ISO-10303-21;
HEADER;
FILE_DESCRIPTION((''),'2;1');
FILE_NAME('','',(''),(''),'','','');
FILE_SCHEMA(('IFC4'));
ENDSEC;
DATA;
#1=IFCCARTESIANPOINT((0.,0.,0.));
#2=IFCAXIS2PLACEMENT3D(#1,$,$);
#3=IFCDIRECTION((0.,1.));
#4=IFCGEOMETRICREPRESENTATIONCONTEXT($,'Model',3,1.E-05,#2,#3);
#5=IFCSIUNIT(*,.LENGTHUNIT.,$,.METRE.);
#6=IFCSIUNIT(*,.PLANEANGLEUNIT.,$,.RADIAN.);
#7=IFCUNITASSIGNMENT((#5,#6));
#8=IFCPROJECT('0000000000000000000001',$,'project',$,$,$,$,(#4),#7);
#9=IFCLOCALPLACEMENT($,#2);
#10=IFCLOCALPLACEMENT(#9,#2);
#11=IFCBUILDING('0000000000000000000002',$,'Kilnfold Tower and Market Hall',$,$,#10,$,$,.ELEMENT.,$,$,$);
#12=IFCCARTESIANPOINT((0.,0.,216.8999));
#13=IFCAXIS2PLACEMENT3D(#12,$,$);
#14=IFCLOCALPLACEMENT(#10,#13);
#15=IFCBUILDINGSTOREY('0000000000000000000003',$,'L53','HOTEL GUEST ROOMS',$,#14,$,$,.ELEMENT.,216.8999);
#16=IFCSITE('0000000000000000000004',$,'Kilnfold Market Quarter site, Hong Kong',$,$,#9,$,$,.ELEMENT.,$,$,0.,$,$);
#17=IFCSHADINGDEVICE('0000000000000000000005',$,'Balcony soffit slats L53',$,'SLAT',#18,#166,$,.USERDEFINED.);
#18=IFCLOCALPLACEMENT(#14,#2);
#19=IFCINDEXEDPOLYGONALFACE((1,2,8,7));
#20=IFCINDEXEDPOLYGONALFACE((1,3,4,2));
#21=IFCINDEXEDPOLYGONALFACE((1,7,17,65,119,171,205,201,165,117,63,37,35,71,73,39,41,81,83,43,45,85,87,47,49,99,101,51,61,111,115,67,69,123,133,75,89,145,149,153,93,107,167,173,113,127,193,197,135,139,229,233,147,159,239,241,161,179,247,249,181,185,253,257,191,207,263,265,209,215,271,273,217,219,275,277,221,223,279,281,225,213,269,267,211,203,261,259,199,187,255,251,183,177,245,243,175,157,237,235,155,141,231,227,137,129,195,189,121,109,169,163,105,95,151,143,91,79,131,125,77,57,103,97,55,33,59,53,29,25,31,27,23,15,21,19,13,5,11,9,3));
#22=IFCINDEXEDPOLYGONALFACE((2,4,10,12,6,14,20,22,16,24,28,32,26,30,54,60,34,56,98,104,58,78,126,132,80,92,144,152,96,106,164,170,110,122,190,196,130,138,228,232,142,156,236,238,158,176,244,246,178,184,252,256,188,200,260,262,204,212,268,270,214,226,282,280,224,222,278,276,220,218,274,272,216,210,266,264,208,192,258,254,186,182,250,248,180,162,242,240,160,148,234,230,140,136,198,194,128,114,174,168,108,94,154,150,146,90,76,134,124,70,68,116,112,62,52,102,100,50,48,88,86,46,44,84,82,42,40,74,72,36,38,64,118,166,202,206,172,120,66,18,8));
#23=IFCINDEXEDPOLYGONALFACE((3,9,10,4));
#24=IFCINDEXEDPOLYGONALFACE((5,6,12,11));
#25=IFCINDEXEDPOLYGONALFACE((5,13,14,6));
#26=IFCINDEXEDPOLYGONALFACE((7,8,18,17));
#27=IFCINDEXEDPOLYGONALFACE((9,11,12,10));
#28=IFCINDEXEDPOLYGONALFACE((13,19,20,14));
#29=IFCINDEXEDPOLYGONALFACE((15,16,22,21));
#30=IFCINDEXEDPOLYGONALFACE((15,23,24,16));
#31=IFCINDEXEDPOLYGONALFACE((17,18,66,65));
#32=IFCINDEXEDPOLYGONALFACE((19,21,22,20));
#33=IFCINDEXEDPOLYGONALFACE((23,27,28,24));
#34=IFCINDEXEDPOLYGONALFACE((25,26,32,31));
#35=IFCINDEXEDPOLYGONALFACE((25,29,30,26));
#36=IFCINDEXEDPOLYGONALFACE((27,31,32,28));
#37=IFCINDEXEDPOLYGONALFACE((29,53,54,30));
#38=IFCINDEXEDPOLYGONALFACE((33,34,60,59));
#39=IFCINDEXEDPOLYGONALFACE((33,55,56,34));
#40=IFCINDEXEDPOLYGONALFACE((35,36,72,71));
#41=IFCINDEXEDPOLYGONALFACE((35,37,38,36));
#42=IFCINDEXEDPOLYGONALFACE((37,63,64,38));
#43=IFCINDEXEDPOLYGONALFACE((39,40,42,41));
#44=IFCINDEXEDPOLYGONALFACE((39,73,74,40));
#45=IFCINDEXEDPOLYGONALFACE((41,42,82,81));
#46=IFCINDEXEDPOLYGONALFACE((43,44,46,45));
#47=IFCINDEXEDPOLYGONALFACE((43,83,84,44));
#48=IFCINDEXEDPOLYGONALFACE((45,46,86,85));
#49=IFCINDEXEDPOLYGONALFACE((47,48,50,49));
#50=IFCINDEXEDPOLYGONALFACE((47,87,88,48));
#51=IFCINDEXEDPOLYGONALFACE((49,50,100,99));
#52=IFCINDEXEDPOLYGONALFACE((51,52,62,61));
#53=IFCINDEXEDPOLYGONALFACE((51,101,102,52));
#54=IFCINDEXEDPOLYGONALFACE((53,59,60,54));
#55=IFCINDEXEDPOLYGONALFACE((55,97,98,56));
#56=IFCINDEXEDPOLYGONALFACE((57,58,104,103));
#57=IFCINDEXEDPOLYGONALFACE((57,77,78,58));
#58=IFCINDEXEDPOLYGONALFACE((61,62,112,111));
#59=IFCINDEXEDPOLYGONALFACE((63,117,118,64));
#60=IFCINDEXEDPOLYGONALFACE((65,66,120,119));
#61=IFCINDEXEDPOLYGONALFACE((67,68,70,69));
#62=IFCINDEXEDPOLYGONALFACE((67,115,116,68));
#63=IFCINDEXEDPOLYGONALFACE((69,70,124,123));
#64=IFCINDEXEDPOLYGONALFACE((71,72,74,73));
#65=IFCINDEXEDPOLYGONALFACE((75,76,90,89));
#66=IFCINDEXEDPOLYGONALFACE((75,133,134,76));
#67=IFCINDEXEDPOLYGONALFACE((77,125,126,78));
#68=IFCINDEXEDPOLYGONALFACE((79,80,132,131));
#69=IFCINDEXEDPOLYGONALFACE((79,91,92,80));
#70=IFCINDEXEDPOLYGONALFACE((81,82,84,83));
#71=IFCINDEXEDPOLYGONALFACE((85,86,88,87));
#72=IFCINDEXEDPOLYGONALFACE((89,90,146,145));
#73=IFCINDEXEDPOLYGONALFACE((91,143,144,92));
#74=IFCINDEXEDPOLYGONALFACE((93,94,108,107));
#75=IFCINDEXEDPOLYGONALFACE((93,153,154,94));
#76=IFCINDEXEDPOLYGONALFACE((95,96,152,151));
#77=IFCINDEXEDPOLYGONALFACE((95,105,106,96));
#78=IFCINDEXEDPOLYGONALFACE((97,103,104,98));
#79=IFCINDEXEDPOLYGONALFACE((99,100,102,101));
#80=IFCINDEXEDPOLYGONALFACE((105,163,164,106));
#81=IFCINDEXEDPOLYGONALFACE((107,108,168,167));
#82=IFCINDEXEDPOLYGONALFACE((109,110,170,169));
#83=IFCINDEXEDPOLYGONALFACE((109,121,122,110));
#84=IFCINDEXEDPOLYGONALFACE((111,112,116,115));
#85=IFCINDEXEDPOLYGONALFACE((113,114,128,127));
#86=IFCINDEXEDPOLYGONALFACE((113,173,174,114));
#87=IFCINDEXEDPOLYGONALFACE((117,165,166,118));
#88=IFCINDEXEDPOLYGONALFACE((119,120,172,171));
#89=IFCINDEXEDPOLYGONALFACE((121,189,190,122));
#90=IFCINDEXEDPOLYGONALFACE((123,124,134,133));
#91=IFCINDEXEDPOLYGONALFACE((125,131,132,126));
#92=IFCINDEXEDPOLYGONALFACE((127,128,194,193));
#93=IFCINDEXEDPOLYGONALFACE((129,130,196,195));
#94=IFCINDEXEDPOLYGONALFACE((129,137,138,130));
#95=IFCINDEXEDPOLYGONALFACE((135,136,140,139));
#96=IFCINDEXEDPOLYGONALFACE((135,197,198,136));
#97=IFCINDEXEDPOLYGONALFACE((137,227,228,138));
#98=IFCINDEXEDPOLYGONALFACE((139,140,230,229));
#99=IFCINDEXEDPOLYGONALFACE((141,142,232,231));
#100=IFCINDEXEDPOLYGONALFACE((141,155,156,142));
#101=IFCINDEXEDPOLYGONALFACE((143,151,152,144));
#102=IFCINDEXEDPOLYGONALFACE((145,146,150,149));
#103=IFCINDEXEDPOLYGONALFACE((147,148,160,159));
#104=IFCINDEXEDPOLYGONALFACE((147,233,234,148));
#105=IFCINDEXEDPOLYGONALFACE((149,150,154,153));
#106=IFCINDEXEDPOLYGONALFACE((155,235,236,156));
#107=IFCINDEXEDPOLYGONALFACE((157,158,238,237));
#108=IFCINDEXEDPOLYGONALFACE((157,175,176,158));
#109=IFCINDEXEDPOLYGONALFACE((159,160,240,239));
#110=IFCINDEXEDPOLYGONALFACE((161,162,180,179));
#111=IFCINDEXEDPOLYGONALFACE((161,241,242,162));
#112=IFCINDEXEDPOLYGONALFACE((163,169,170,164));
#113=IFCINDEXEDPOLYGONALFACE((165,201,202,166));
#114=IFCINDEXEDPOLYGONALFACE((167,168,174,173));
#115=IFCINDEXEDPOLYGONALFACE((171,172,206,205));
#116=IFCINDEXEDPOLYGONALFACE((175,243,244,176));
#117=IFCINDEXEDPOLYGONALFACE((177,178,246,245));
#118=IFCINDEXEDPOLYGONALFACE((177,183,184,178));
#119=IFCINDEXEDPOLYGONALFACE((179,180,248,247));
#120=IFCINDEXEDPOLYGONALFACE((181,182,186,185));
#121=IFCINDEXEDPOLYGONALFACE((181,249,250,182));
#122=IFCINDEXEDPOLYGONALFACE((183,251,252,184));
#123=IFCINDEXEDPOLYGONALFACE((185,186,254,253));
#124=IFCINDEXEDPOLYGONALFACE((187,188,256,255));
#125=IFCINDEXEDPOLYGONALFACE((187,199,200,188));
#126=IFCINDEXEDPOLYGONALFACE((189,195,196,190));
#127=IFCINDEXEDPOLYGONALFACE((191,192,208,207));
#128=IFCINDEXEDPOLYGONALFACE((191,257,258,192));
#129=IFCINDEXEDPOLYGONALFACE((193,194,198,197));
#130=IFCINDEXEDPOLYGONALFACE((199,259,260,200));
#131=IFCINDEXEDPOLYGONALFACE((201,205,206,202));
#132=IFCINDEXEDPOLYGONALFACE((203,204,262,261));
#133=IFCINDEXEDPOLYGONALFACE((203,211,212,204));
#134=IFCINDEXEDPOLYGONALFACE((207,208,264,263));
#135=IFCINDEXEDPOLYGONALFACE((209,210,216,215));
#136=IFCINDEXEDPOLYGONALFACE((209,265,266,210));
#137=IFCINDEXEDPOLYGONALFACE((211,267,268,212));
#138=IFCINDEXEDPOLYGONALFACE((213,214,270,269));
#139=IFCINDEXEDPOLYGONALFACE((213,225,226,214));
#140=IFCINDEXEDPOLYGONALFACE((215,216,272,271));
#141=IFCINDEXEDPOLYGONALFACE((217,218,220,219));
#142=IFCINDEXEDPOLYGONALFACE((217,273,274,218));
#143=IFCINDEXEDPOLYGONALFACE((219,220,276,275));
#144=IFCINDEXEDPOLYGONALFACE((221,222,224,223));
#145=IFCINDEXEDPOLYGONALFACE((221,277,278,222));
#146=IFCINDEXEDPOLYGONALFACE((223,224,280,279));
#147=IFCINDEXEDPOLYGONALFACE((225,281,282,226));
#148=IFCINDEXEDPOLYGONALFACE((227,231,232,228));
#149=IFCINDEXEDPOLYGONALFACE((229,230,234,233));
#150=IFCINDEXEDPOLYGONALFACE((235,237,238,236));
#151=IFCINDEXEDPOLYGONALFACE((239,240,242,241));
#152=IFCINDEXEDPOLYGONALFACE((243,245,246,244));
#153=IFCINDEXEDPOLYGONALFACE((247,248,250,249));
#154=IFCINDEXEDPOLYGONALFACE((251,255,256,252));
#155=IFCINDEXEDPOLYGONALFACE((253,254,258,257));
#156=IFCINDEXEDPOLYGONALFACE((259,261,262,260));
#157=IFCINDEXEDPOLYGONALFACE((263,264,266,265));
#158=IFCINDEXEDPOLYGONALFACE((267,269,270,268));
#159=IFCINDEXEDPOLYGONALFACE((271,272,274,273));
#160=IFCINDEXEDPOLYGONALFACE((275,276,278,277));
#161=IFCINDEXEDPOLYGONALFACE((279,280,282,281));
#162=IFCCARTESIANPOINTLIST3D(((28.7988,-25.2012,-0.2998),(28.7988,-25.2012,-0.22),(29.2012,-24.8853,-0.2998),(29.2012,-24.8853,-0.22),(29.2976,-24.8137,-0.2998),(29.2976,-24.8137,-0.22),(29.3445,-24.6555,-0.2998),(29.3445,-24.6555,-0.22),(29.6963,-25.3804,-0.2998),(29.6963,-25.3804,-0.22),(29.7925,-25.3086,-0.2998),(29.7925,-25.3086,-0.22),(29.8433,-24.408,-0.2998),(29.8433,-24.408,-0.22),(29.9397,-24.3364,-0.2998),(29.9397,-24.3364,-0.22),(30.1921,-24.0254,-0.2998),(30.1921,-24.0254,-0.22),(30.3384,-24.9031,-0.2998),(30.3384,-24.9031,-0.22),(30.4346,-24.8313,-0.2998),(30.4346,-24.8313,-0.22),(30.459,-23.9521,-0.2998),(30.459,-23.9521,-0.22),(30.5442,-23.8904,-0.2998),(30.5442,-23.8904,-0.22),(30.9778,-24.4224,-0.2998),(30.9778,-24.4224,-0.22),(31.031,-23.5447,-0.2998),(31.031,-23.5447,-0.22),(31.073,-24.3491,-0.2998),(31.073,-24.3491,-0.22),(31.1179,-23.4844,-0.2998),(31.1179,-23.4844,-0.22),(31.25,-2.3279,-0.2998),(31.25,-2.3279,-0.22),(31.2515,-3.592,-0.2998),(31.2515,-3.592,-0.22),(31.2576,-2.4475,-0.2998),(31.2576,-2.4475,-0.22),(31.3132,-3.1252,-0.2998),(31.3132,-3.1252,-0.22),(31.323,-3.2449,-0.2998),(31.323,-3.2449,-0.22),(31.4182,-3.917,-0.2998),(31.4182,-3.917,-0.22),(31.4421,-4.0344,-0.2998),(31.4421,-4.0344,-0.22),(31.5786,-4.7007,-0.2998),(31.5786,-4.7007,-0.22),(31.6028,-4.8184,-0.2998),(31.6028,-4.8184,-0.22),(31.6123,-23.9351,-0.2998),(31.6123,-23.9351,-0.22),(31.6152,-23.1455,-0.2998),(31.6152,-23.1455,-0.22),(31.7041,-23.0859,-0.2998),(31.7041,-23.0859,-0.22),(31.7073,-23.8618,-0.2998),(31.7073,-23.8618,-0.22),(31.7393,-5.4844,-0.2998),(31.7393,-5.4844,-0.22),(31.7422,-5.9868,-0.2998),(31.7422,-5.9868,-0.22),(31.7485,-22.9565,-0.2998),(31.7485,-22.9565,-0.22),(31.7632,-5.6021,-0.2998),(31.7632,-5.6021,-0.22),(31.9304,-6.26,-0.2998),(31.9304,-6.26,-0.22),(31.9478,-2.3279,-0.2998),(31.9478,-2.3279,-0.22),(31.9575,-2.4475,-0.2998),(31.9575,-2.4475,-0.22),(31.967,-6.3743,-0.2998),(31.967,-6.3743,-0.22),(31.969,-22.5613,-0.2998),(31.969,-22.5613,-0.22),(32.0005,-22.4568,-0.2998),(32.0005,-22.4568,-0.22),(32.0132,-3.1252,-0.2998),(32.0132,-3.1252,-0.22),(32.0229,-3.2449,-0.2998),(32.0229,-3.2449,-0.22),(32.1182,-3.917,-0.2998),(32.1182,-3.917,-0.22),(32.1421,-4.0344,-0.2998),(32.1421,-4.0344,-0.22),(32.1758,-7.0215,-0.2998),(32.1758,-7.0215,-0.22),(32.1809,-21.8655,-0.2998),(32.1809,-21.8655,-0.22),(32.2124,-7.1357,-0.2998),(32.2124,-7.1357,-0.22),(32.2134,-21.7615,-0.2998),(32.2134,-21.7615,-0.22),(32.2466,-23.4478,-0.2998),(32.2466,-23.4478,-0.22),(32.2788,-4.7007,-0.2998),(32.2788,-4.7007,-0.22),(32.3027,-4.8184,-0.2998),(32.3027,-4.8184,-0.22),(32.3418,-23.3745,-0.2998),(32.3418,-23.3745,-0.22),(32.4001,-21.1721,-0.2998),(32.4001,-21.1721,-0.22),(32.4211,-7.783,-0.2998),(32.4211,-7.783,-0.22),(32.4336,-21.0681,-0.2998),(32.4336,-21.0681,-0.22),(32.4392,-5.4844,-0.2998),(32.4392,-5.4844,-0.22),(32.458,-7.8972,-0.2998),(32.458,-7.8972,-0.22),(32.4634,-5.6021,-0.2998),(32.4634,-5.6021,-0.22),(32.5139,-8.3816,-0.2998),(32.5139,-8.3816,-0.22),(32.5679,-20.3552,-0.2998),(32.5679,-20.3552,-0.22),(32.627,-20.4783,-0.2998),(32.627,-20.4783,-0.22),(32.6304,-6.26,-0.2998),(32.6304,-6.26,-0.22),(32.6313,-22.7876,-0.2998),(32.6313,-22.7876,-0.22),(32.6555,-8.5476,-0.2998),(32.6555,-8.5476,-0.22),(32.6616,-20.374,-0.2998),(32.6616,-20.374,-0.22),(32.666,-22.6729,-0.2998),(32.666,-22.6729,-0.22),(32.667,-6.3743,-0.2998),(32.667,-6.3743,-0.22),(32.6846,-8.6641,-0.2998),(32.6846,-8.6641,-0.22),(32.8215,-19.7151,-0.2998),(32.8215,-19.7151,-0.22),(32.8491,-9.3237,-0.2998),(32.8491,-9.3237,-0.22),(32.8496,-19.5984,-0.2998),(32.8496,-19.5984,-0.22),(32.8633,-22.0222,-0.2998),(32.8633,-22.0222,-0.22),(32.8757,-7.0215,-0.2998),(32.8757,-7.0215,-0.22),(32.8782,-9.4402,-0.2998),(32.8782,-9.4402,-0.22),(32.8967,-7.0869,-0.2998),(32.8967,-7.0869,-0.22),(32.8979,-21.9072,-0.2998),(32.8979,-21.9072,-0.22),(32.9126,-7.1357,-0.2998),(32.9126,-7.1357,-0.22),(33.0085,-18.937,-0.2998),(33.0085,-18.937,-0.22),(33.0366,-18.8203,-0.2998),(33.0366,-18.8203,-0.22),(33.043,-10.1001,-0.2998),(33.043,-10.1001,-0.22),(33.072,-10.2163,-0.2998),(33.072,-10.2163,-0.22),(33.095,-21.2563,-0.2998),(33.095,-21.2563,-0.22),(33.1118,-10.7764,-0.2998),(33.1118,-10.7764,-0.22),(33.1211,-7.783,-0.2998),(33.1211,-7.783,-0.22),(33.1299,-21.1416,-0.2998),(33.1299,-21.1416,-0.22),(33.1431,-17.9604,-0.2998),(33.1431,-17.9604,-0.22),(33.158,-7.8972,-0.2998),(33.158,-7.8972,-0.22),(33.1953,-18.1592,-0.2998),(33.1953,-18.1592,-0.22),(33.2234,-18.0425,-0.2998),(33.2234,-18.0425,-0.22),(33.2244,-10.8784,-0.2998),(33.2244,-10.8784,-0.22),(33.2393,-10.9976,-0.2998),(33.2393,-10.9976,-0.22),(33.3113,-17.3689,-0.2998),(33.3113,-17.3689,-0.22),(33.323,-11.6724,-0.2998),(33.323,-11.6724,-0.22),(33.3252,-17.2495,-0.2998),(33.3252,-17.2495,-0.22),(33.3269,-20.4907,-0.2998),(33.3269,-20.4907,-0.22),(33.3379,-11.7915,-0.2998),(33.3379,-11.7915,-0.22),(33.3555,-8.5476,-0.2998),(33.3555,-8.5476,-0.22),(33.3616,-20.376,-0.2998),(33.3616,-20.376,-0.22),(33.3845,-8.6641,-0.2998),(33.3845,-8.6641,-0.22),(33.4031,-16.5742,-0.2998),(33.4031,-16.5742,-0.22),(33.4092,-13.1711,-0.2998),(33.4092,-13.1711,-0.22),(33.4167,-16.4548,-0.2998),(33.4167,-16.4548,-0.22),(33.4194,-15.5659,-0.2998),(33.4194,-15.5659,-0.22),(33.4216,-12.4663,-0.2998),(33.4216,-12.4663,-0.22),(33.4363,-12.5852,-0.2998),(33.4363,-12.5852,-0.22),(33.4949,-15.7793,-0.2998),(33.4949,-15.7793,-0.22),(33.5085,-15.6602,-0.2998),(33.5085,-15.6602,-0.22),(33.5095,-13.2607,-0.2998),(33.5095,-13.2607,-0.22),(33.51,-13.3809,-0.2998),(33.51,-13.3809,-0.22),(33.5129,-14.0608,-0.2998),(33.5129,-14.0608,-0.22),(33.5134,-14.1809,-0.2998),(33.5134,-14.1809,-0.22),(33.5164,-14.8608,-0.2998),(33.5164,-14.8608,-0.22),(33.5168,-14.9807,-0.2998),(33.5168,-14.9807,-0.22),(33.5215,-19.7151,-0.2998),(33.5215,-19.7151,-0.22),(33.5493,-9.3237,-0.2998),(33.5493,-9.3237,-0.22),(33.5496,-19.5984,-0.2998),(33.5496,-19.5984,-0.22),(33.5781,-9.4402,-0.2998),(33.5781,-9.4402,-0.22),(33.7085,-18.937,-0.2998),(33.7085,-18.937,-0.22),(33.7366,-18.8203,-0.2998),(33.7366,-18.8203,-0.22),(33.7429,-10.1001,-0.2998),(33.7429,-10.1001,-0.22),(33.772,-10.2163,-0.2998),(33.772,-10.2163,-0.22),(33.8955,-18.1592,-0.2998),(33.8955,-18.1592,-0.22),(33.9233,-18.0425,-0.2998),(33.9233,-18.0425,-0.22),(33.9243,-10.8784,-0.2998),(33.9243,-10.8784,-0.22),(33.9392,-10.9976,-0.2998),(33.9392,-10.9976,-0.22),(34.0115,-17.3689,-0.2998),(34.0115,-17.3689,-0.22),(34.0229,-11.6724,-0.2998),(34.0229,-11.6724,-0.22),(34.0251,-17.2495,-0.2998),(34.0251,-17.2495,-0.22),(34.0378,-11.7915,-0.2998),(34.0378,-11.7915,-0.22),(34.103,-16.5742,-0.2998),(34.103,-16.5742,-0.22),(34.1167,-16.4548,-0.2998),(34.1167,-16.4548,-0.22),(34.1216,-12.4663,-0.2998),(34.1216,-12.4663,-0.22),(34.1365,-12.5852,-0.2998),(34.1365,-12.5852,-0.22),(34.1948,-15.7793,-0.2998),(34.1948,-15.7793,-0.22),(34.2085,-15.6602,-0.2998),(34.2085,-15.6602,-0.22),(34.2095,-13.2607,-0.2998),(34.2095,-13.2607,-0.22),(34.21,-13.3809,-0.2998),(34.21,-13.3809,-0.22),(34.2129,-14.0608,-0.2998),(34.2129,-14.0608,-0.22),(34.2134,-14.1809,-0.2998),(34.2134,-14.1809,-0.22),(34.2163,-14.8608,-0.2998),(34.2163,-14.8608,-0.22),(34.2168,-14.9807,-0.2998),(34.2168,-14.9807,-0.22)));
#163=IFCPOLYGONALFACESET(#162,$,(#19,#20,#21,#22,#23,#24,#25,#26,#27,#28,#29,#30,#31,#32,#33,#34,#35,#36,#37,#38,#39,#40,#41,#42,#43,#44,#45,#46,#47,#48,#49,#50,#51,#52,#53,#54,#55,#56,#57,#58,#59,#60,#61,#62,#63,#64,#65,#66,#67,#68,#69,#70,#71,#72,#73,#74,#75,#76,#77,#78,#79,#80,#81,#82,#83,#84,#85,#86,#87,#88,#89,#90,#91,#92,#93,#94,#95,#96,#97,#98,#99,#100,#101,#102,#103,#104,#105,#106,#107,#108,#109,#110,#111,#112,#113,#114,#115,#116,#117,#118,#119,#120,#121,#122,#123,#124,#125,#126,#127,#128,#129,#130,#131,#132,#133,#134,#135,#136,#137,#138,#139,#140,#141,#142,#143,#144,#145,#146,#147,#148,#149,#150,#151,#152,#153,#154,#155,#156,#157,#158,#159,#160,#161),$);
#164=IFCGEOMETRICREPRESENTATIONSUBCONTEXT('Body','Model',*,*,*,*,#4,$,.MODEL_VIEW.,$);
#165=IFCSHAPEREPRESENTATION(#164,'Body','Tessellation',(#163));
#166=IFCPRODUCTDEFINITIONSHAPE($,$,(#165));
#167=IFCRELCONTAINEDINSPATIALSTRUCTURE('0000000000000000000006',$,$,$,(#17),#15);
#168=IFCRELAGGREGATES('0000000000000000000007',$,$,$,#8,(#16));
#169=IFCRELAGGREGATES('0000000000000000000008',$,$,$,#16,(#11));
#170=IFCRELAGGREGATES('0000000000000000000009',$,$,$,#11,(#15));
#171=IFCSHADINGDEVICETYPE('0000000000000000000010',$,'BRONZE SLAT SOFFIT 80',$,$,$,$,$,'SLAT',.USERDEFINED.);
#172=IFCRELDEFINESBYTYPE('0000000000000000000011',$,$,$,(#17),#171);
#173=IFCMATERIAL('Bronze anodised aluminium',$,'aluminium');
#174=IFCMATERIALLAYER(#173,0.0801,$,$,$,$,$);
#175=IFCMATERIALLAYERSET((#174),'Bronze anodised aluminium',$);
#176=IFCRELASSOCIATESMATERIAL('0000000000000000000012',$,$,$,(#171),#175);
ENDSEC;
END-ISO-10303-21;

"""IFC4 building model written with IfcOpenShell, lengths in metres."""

from ifc_helpers import new_model, si_unit, direction, frame, origin, place, context, subcontext, project, spatial, polyline, outline, extrude, source, transform, mapped, material, layer, layer_set, type_object, element, save


model = new_model("IFC4")

# Units and contexts
model_context = context("Model", 3, precision=1e-05, world=origin(), true_north=direction((0.0, 1.0)))
body_context = subcontext(model_context, "Body", "Model", "MODEL_VIEW")
ifc_project = project(units=[si_unit("LENGTHUNIT", "METRE"), si_unit("PLANEANGLEUNIT", "RADIAN")], contexts=[model_context])

# Site, building, storey
site_placement = place(None, origin())
site = spatial("IfcSite", under=ifc_project, at=site_placement, Name="Kilnfold Market Quarter site, Hong Kong", CompositionType="ELEMENT", RefElevation=0.0)
building_placement = place(site_placement, origin())
building = spatial("IfcBuilding", under=site, at=building_placement, Name="Kilnfold Tower and Market Hall", CompositionType="ELEMENT")
storey_placement = place(building_placement, frame((0.0, 0.0, 216.8999)))
storey = spatial("IfcBuildingStorey", under=building, at=storey_placement, Name="L53", Description="HOTEL GUEST ROOMS", CompositionType="ELEMENT", Elevation=216.8999)

# Shading device
ifc_material_1 = material(Name="Bronze anodised aluminium", Category="aluminium")
ifc_layer_1 = layer(ifc_material_1, 0.0801)
ifc_layer_set_1 = layer_set([ifc_layer_1], Name="Bronze anodised aluminium")
shading_device_type_1 = type_object("IfcShadingDeviceType", Name="BRONZE SLAT SOFFIT 80", ElementType="SLAT", PredefinedType="USERDEFINED", material=ifc_layer_set_1)
shared_shape_1 = source(origin(), body_context, "Body", "SweptSolid", [
    extrude(outline(polyline([(30.1921, -24.0254), (31.7485, -22.9565), (32.5679, -20.3552), (33.1431, -17.9604), (33.4194, -15.5659), (33.4092, -13.1711), (33.1118, -10.7764), (32.5139, -8.3816), (31.7422, -5.9868), (31.2515, -3.592), (31.25, -2.3279), (31.9478, -2.3279), (31.9575, -2.4475), (31.2576, -2.4475), (31.3132, -3.1252), (32.0132, -3.1252), (32.0229, -3.2449), (31.323, -3.2449), (31.4182, -3.917), (32.1182, -3.917), (32.1421, -4.0344), (31.4421, -4.0344), (31.5786, -4.7007), (32.2788, -4.7007), (32.3027, -4.8184), (31.6028, -4.8184), (31.7393, -5.4844), (32.4392, -5.4844), (32.4634, -5.6021), (31.7632, -5.6021), (31.9304, -6.26), (32.6304, -6.26), (32.667, -6.3743), (31.967, -6.3743), (32.1758, -7.0215), (32.8757, -7.0215), (32.8967, -7.0869), (32.9126, -7.1357), (32.2124, -7.1357), (32.4211, -7.783), (33.1211, -7.783), (33.158, -7.8972), (32.458, -7.8972), (32.6555, -8.5476), (33.3555, -8.5476), (33.3845, -8.6641), (32.6846, -8.6641), (32.8491, -9.3237), (33.5493, -9.3237), (33.5781, -9.4402), (32.8782, -9.4402), (33.043, -10.1001), (33.7429, -10.1001), (33.772, -10.2163), (33.072, -10.2163), (33.2244, -10.8784), (33.9243, -10.8784), (33.9392, -10.9976), (33.2393, -10.9976), (33.323, -11.6724), (34.0229, -11.6724), (34.0378, -11.7915), (33.3379, -11.7915), (33.4216, -12.4663), (34.1216, -12.4663), (34.1365, -12.5852), (33.4363, -12.5852), (33.5095, -13.2607), (34.2095, -13.2607), (34.21, -13.3809), (33.51, -13.3809), (33.5129, -14.0608), (34.2129, -14.0608), (34.2134, -14.1809), (33.5134, -14.1809), (33.5164, -14.8608), (34.2163, -14.8608), (34.2168, -14.9807), (33.5168, -14.9807), (33.5085, -15.6602), (34.2085, -15.6602), (34.1948, -15.7793), (33.4949, -15.7793), (33.4167, -16.4548), (34.1167, -16.4548), (34.103, -16.5742), (33.4031, -16.5742), (33.3252, -17.2495), (34.0251, -17.2495), (34.0115, -17.3689), (33.3113, -17.3689), (33.2234, -18.0425), (33.9233, -18.0425), (33.8955, -18.1592), (33.1953, -18.1592), (33.0366, -18.8203), (33.7366, -18.8203), (33.7085, -18.937), (33.0085, -18.937), (32.8496, -19.5984), (33.5496, -19.5984), (33.5215, -19.7151), (32.8215, -19.7151), (32.6616, -20.374), (33.3616, -20.376), (33.3269, -20.4907), (32.627, -20.4783), (32.4336, -21.0681), (33.1299, -21.1416), (33.095, -21.2563), (32.4001, -21.1721), (32.2134, -21.7615), (32.8979, -21.9072), (32.8633, -22.0222), (32.1809, -21.8655), (32.0005, -22.4568), (32.666, -22.6729), (32.6313, -22.7876), (31.969, -22.5613), (31.7041, -23.0859), (32.3418, -23.3745), (32.2466, -23.4478), (31.6152, -23.1455), (31.1179, -23.4844), (31.7073, -23.8618), (31.6123, -23.9351), (31.031, -23.5447), (30.5442, -23.8904), (31.073, -24.3491), (30.9778, -24.4224), (30.459, -23.9521), (29.9397, -24.3364), (30.4346, -24.8313), (30.3384, -24.9031), (29.8433, -24.408), (29.2976, -24.8137), (29.7925, -25.3086), (29.6963, -25.3804), (29.2012, -24.8853), (28.7988, -25.2012), (29.3445, -24.6555), (30.1921, -24.0254)])), origin(), (0.0, 0.0, 1.0), 0.0798),
])
shading_device_1_placement = place(storey_placement, frame((0.0, 0.0, -0.2998)))
element("IfcShadingDevice", 1, at=shading_device_1_placement, inside=storey, type_object=shading_device_type_1, Name="Balcony soffit slats L53", ObjectType="SLAT", PredefinedType="USERDEFINED", context=body_context, shape_type="MappedRepresentation", body=[
    mapped(shared_shape_1, transform((0.0, 0.0, 0.0))),
])

save(model, "model.ifc")
